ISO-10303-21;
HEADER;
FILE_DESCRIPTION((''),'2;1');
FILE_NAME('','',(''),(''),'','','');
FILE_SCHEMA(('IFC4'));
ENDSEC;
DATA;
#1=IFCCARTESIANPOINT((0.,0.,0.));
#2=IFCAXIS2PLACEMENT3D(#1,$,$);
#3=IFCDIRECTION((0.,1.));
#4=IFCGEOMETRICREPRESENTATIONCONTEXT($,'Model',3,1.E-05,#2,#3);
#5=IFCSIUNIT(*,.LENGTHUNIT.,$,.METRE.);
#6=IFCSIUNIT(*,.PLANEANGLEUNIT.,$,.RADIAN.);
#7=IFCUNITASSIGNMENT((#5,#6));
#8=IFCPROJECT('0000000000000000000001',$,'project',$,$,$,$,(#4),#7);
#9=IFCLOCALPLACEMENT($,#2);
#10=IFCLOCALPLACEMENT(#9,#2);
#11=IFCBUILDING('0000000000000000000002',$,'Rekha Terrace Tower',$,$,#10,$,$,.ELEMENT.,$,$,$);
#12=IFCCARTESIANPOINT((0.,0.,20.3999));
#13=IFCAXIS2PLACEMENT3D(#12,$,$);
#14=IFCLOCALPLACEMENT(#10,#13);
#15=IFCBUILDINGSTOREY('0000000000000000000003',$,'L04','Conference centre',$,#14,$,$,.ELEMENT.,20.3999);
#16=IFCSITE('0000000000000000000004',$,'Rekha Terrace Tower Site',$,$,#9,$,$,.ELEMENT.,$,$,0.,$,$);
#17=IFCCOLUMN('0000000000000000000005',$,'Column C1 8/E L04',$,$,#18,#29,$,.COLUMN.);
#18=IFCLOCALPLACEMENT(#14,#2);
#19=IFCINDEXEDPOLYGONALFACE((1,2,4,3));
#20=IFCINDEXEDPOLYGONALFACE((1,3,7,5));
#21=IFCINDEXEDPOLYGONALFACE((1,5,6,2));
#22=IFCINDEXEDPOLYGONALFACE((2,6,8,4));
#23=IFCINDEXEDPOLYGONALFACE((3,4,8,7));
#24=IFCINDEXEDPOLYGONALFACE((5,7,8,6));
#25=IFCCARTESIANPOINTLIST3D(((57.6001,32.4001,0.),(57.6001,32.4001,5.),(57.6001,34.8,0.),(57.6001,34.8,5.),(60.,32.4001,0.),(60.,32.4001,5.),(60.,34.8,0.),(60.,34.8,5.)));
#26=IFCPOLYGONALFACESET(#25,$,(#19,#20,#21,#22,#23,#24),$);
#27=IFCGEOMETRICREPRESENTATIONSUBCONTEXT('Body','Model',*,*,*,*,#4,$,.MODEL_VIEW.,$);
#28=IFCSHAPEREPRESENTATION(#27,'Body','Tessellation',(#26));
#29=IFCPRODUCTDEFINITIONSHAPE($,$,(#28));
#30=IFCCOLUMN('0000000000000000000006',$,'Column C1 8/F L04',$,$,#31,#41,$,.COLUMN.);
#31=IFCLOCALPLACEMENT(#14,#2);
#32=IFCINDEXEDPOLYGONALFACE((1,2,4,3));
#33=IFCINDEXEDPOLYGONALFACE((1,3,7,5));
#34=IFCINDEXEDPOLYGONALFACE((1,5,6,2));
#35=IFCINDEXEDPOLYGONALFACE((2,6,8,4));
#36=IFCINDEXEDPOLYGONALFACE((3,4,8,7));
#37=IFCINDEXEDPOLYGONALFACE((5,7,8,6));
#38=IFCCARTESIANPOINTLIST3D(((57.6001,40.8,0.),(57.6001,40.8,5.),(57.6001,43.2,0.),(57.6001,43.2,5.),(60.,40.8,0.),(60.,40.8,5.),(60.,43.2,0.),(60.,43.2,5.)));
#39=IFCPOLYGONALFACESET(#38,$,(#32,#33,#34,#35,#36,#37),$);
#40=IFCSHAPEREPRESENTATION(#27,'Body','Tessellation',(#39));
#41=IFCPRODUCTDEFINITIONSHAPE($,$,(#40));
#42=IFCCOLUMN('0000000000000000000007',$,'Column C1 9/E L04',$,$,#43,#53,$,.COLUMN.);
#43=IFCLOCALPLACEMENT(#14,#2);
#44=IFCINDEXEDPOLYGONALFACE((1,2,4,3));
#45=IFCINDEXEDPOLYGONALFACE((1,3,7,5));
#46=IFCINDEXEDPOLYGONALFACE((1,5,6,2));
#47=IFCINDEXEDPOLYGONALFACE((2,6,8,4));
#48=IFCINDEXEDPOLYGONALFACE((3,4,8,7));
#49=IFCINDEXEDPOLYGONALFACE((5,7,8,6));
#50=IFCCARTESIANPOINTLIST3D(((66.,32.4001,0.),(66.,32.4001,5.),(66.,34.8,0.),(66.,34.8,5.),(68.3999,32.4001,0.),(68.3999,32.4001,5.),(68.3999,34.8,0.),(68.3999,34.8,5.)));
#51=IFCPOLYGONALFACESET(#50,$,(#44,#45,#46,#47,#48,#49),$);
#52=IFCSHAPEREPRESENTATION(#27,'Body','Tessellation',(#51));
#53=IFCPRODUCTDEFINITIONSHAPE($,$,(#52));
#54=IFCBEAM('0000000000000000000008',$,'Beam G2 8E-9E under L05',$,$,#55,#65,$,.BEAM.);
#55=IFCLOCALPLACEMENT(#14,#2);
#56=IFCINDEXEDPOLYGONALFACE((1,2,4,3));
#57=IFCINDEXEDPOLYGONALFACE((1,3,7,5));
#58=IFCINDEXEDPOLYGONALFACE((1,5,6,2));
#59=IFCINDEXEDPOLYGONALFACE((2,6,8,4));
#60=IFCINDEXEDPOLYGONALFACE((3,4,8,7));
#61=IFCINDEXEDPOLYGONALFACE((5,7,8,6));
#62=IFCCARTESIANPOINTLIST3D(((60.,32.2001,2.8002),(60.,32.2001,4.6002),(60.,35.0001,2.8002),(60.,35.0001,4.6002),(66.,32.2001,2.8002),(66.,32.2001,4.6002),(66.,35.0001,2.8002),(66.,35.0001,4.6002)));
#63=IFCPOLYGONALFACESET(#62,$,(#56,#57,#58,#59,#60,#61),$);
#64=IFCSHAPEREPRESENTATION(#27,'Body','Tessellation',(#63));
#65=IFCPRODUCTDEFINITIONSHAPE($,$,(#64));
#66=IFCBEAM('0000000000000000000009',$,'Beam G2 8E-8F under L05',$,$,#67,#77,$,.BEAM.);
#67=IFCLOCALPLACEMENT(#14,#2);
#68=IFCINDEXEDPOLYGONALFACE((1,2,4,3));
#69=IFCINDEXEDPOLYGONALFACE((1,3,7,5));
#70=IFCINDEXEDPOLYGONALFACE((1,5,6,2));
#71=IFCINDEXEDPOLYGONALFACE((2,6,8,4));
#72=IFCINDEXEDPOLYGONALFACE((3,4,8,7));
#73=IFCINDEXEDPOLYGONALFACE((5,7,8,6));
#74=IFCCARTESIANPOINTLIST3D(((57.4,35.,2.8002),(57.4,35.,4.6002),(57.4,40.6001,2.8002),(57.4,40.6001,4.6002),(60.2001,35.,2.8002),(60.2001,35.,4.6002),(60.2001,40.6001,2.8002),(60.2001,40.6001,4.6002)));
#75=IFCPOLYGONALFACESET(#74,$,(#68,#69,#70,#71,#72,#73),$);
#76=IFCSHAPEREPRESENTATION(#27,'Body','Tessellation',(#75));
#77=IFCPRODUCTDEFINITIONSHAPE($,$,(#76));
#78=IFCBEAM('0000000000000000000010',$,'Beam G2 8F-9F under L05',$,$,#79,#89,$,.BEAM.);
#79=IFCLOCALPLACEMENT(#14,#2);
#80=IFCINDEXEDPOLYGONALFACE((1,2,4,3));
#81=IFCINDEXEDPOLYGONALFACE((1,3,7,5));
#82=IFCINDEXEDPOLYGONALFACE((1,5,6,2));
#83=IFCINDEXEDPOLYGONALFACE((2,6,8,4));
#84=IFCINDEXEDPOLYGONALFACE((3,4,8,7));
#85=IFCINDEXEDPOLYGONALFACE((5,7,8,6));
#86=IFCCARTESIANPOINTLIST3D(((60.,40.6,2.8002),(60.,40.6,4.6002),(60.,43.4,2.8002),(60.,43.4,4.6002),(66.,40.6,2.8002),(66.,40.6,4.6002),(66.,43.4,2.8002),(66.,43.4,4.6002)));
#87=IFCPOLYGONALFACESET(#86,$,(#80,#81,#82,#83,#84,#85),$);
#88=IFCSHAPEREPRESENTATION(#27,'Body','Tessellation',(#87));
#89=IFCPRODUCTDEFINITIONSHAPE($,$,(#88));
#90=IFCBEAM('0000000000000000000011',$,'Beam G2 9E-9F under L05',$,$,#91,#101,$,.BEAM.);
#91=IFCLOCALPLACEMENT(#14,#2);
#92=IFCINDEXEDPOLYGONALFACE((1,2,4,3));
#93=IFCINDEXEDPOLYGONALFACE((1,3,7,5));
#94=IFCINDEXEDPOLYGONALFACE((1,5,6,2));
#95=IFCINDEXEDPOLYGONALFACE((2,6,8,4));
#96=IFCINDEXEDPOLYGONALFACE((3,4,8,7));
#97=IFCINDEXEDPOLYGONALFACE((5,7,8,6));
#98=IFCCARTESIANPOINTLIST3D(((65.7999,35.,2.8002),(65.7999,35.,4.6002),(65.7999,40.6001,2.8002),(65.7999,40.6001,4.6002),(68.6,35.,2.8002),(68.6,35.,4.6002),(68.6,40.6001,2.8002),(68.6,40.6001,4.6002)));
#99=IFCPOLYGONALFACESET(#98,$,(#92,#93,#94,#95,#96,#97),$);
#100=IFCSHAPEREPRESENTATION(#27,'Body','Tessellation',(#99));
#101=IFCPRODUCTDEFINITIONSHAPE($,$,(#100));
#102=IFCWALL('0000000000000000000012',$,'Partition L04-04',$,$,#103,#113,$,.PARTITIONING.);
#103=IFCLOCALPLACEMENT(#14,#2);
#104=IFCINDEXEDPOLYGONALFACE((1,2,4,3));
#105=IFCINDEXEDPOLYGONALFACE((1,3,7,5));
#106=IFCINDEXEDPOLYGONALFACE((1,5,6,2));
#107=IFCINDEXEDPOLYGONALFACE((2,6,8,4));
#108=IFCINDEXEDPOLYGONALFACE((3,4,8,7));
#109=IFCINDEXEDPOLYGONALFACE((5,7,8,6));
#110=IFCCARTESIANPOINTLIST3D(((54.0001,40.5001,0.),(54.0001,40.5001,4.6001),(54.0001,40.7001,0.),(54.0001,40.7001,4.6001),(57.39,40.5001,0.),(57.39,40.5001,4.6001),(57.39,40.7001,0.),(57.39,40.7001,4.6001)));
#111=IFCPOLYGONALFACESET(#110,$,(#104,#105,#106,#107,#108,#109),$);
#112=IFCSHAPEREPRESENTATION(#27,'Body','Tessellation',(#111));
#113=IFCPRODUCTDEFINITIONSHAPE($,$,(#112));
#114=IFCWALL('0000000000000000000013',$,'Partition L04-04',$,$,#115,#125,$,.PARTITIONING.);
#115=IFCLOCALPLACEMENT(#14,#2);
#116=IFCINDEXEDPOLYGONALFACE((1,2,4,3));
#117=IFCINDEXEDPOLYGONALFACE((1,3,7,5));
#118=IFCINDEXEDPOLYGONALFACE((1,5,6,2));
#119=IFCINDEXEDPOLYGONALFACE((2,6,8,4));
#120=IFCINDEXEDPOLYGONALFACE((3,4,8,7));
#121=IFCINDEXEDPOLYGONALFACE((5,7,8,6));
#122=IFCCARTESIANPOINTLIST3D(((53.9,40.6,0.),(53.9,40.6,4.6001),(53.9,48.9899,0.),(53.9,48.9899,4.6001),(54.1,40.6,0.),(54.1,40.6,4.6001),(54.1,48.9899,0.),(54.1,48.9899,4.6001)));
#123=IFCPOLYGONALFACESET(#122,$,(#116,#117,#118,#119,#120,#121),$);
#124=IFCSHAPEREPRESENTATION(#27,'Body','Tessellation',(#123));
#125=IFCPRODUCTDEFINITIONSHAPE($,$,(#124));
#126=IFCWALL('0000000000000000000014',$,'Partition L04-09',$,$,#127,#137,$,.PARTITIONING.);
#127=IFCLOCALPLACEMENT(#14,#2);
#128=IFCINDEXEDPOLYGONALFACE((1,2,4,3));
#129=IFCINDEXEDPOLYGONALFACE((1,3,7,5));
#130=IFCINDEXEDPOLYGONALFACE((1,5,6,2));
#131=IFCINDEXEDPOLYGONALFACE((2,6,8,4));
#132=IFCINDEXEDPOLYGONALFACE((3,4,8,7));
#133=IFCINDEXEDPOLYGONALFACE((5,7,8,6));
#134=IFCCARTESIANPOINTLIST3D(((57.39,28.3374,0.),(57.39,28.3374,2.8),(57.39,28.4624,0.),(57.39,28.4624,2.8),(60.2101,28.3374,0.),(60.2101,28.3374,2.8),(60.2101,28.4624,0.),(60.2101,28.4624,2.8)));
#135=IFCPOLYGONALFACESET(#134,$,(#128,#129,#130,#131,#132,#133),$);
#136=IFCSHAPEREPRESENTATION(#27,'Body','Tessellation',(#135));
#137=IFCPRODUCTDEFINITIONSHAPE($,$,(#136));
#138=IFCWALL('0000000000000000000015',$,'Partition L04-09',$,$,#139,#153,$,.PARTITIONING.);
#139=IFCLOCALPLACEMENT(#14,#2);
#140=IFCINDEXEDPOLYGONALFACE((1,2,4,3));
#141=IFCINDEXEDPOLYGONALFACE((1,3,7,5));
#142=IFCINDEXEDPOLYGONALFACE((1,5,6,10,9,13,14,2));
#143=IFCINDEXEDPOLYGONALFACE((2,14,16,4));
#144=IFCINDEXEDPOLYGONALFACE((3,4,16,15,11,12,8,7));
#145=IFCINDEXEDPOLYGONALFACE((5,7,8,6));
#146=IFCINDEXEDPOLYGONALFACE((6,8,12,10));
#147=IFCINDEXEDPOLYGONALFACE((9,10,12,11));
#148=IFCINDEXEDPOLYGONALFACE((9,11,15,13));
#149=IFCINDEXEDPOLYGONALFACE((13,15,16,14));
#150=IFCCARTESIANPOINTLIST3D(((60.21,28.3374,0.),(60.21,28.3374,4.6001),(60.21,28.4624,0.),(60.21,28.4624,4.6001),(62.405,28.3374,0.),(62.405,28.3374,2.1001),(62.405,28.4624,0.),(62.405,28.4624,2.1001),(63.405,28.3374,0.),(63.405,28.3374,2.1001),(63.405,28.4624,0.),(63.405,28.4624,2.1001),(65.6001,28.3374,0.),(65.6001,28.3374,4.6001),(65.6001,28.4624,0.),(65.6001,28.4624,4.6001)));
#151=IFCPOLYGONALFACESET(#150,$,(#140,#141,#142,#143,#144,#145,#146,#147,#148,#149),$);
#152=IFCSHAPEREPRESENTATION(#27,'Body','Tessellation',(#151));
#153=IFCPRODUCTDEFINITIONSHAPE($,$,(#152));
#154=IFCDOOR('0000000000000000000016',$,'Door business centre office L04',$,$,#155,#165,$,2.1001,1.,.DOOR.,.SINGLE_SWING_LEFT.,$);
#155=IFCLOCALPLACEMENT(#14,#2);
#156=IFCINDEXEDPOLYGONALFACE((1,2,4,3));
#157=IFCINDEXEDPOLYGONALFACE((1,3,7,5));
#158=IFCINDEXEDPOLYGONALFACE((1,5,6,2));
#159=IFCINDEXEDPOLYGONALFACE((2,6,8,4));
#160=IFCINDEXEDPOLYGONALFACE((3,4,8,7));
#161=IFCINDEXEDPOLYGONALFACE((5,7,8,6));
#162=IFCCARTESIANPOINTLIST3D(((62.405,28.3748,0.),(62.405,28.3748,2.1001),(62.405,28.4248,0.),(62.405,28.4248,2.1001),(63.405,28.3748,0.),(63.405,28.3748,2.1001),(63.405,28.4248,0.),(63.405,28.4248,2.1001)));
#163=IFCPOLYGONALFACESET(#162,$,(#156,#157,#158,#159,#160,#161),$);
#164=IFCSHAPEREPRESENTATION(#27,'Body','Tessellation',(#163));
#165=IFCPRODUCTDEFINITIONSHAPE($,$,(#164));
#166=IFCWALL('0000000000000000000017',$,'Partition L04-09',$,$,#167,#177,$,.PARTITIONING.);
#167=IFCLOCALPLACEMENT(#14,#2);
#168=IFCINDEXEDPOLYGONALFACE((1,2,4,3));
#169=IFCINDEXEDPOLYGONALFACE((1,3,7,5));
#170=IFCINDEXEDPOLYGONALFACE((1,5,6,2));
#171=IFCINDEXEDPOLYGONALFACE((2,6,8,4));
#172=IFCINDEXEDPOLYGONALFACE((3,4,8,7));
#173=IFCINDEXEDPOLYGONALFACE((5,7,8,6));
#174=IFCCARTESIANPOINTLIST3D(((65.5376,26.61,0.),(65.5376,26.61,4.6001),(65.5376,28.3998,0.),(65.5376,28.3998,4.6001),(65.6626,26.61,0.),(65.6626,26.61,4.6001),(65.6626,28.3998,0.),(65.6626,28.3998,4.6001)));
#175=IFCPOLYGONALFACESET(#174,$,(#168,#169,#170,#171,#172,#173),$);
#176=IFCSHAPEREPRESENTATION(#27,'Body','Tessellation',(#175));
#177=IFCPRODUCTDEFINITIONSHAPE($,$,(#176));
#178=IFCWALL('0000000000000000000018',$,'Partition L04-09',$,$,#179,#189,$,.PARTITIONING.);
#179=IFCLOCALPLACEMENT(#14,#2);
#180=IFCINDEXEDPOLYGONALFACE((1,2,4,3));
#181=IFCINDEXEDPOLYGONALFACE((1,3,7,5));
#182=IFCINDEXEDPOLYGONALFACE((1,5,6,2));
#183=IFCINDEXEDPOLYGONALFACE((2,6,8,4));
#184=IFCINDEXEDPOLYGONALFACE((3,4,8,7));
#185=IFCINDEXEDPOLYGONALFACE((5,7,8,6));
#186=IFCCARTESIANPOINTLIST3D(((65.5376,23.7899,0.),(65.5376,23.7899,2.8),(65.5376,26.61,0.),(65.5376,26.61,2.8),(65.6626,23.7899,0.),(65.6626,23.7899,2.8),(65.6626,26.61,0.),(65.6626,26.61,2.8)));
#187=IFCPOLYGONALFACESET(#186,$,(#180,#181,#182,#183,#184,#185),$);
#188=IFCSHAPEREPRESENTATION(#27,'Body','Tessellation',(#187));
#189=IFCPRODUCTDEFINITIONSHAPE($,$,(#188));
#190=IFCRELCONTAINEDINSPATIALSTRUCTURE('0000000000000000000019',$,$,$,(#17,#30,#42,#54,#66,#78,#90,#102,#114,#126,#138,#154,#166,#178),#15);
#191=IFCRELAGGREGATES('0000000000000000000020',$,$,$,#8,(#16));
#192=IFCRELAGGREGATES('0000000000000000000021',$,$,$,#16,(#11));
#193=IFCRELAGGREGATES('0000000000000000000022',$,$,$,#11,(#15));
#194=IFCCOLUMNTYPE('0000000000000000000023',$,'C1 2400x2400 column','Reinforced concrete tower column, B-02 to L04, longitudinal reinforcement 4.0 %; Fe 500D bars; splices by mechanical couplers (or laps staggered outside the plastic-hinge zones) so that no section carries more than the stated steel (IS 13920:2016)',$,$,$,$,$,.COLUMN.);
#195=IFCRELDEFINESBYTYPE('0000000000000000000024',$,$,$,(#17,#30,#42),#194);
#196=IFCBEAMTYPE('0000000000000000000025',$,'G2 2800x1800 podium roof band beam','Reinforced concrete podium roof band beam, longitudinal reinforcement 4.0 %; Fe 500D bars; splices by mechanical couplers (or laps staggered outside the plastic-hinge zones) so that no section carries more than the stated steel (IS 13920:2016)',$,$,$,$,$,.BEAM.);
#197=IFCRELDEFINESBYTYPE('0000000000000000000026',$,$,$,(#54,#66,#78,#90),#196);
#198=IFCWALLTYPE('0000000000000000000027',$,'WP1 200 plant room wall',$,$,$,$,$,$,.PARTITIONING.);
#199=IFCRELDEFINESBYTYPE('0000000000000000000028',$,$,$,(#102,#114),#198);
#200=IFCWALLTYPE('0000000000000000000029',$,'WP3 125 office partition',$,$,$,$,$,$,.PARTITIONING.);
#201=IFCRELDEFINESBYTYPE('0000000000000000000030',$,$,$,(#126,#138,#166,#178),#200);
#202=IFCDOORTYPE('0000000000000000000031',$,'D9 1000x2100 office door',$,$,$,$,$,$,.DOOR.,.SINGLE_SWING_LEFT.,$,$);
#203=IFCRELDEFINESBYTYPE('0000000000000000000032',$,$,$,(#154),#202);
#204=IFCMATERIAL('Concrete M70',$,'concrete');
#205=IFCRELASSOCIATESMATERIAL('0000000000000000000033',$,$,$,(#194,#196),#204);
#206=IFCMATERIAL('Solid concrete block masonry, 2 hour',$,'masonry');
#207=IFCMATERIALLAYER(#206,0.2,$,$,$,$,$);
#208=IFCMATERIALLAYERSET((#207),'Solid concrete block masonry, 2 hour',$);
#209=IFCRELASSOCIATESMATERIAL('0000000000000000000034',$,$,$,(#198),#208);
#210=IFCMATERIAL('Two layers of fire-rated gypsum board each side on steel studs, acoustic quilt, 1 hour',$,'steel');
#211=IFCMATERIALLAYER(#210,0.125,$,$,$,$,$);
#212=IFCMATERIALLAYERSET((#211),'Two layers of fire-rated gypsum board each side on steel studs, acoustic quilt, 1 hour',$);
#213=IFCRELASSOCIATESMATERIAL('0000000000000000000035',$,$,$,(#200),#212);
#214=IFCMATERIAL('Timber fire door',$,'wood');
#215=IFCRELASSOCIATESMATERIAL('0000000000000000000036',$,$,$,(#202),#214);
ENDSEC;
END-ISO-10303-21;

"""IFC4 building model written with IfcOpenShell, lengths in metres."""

from ifc_helpers import new_model, si_unit, direction, frame, frame_2d, origin, origin_2d, place, context, subcontext, project, spatial, rectangle, extrude, material, layer, layer_set, material_profile, profile_set, type_object, element, fill, save


model = new_model("IFC4")

# Units and contexts
model_context = context("Model", 3, precision=1e-05, world=origin(), true_north=direction((0.0, 1.0)))
body_context = subcontext(model_context, "Body", "Model", "MODEL_VIEW")
ifc_project = project(units=[si_unit("LENGTHUNIT", "METRE"), si_unit("PLANEANGLEUNIT", "RADIAN")], contexts=[model_context])

# Site, building, storey
site_placement = place(None, origin())
site = spatial("IfcSite", under=ifc_project, at=site_placement, Name="Rekha Terrace Tower Site", CompositionType="ELEMENT", RefElevation=0.0)
building_placement = place(site_placement, origin())
building = spatial("IfcBuilding", under=site, at=building_placement, Name="Rekha Terrace Tower", CompositionType="ELEMENT")
storey_placement = place(building_placement, frame((0.0, 0.0, 20.3999)))
storey = spatial("IfcBuildingStorey", under=building, at=storey_placement, Name="L04", Description="Conference centre", CompositionType="ELEMENT", Elevation=20.3999)

# Columns
ifc_material_1 = material(Name="Concrete M70", Category="concrete")
ifc_material_profile_1 = material_profile(ifc_material_1, rectangle(XDim=2.3999, YDim=2.3999, at=origin_2d()), Name="RC 2400x2400")
ifc_profile_set_1 = profile_set([ifc_material_profile_1], Name="Concrete M70")
column_type = type_object("IfcColumnType", Name="C1 2400x2400 column", Description="Reinforced concrete tower column, B-02 to L04, longitudinal reinforcement 4.0 %; Fe 500D bars; splices by mechanical couplers (or laps staggered outside the plastic-hinge zones) so that no section carries more than the stated steel (IS 13920:2016)", PredefinedType="COLUMN", material=ifc_profile_set_1)
for number, where, z_axis, x_axis, name in (
    (1, (58.8, 33.6001, 0.0), (0.0, 0.0, 1.0), (1.0, 0.0, 0.0), "Column C1 8/E L04"),
    (2, (58.8, 42.0, 0.0), (0.0, 0.0, 1.0), (1.0, 0.0, 0.0), "Column C1 8/F L04"),
    (3, (67.2, 33.6001, 0.0), (0.0, 0.0, 1.0), (1.0, 0.0, 0.0), "Column C1 9/E L04"),
):
    element("IfcColumn", number, at=place(storey_placement, frame(where, z_axis=z_axis, x_axis=x_axis)), inside=storey, type_object=column_type, Name=name, PredefinedType="COLUMN", context=body_context, shape_type="SweptSolid", body=[
        extrude(rectangle(XDim=2.3999, YDim=2.3999, at=origin_2d()), origin(), (0.0, 0.0, 1.0), 5.0),
    ])

# Beams
ifc_material_profile_2 = material_profile(ifc_material_1, rectangle(XDim=2.8, YDim=1.8, at=origin_2d()), Name="RC 2800x1800")
ifc_profile_set_2 = profile_set([ifc_material_profile_2], Name="Concrete M70")
beam_type = type_object("IfcBeamType", Name="G2 2800x1800 podium roof band beam", Description="Reinforced concrete podium roof band beam, longitudinal reinforcement 4.0 %; Fe 500D bars; splices by mechanical couplers (or laps staggered outside the plastic-hinge zones) so that no section carries more than the stated steel (IS 13920:2016)", PredefinedType="BEAM", material=ifc_profile_set_2)
beam_1_placement = place(storey_placement, frame((60.0, 33.6001, 3.7002), z_axis=(1.0, 0.0, 0.0), x_axis=(0.0, 1.0, 0.0)))
element("IfcBeam", 4, at=beam_1_placement, inside=storey, type_object=beam_type, Name="Beam G2 8E-9E under L05", PredefinedType="BEAM", context=body_context, shape_type="SweptSolid", body=[
    extrude(rectangle(XDim=2.8, YDim=1.8, at=origin_2d()), origin(), (0.0, 0.0, 1.0), 6.0),
])
beam_2_placement = place(storey_placement, frame((58.8, 35.0, 3.7002), z_axis=(0.0, 1.0, 0.0), x_axis=(-1.0, 0.0, 0.0)))
element("IfcBeam", 5, at=beam_2_placement, inside=storey, type_object=beam_type, Name="Beam G2 8E-8F under L05", PredefinedType="BEAM", context=body_context, shape_type="SweptSolid", body=[
    extrude(rectangle(XDim=2.8, YDim=1.8, at=origin_2d()), origin(), (0.0, 0.0, 1.0), 5.6001),
])
beam_3_placement = place(storey_placement, frame((60.0, 42.0, 3.7002), z_axis=(1.0, 0.0, 0.0), x_axis=(0.0, 1.0, 0.0)))
element("IfcBeam", 6, at=beam_3_placement, inside=storey, type_object=beam_type, Name="Beam G2 8F-9F under L05", PredefinedType="BEAM", context=body_context, shape_type="SweptSolid", body=[
    extrude(rectangle(XDim=2.8, YDim=1.8, at=origin_2d()), origin(), (0.0, 0.0, 1.0), 6.0),
])
beam_4_placement = place(storey_placement, frame((67.2, 35.0, 3.7002), z_axis=(0.0, 1.0, 0.0), x_axis=(-1.0, 0.0, 0.0)))
element("IfcBeam", 7, at=beam_4_placement, inside=storey, type_object=beam_type, Name="Beam G2 9E-9F under L05", PredefinedType="BEAM", context=body_context, shape_type="SweptSolid", body=[
    extrude(rectangle(XDim=2.8, YDim=1.8, at=origin_2d()), origin(), (0.0, 0.0, 1.0), 5.6001),
])

# Walls
ifc_material_2 = material(Name="Solid concrete block masonry, 2 hour", Category="masonry")
ifc_layer_1 = layer(ifc_material_2, 0.2)
ifc_layer_set_1 = layer_set([ifc_layer_1], Name="Solid concrete block masonry, 2 hour")
wall_type_1 = type_object("IfcWallType", Name="WP1 200 plant room wall", PredefinedType="PARTITIONING", material=ifc_layer_set_1)
wall_1_placement = place(storey_placement, frame((57.3899, 40.6001, 0.0), z_axis=(0.0, 0.0, 1.0), x_axis=(-1.0, 0.0, 0.0)))
element("IfcWall", 8, at=wall_1_placement, inside=storey, type_object=wall_type_1, Name="Partition L04-04", PredefinedType="PARTITIONING", context=body_context, shape_type="SweptSolid", body=[
    extrude(rectangle(XDim=3.3899, YDim=0.2, at=frame_2d((1.6948, 0.0))), origin(), (0.0, 0.0, 1.0), 4.6001),
])
wall_2_placement = place(storey_placement, frame((54.0, 40.6001, 0.0), z_axis=(0.0, 0.0, 1.0), x_axis=(0.0, 1.0, 0.0)))
element("IfcWall", 9, at=wall_2_placement, inside=storey, type_object=wall_type_1, Name="Partition L04-04", PredefinedType="PARTITIONING", context=body_context, shape_type="SweptSolid", body=[
    extrude(rectangle(XDim=8.3899, YDim=0.2, at=frame_2d((4.1948, 0.0))), origin(), (0.0, 0.0, 1.0), 4.6001),
])
ifc_material_3 = material(Name="Two layers of fire-rated gypsum board each side on steel studs, acoustic quilt, 1 hour", Category="steel")
ifc_layer_2 = layer(ifc_material_3, 0.125)
ifc_layer_set_2 = layer_set([ifc_layer_2], Name="Two layers of fire-rated gypsum board each side on steel studs, acoustic quilt, 1 hour")
wall_type_2 = type_object("IfcWallType", Name="WP3 125 office partition", PredefinedType="PARTITIONING", material=ifc_layer_set_2)
wall_3_placement = place(storey_placement, frame((57.3899, 28.3999, 0.0), z_axis=(0.0, 0.0, 1.0), x_axis=(1.0, 0.0, 0.0)))
element("IfcWall", 10, at=wall_3_placement, inside=storey, type_object=wall_type_2, Name="Partition L04-09", PredefinedType="PARTITIONING", context=body_context, shape_type="SweptSolid", body=[
    extrude(rectangle(XDim=2.8201, YDim=0.125, at=frame_2d((1.4102, 0.0))), origin(), (0.0, 0.0, 1.0), 2.8),
])

# Wall, opening, door
wall_4_placement = place(storey_placement, frame((60.21, 28.3999, 0.0), z_axis=(0.0, 0.0, 1.0), x_axis=(1.0, 0.0, 0.0)))
wall_4 = element("IfcWall", 11, at=wall_4_placement, inside=storey, type_object=wall_type_2, Name="Partition L04-09", PredefinedType="PARTITIONING", context=body_context, shape_type="SweptSolid", body=[
    extrude(rectangle(XDim=5.3901, YDim=0.125, at=frame_2d((2.6951, 0.0))), origin(), (0.0, 0.0, 1.0), 4.6001),
])
opening_placement = place(wall_4_placement, frame((2.1951, 0.0, 0.0)))
opening = element("IfcOpeningElement", 12, at=opening_placement, cuts=wall_4, PredefinedType="OPENING", context=body_context, shape_type="SweptSolid", body=[
    extrude(rectangle(XDim=1.0, YDim=2.1001, at=frame_2d((0.5, 1.05))), frame((0.0, 0.0725, 0.0), z_axis=(0.0, -1.0, 0.0), x_axis=(1.0, 0.0, 0.0)), (0.0, 0.0, 1.0), 0.145),
])
ifc_material_4 = material(Name="Timber fire door", Category="wood")
door_type = type_object("IfcDoorType", Name="D9 1000x2100 office door", OperationType="SINGLE_SWING_LEFT", PredefinedType="DOOR", material=ifc_material_4)
door_placement = place(opening_placement, origin())
door = element("IfcDoor", 13, at=door_placement, inside=storey, type_object=door_type, Name="Door business centre office L04", OperationType="SINGLE_SWING_LEFT", OverallHeight=2.1001, OverallWidth=1.0, PredefinedType="DOOR", context=body_context, shape_type="SweptSolid", body=[
    extrude(rectangle(XDim=1.0, YDim=2.1001, at=frame_2d((0.5, 1.05))), frame((0.0, 0.0249, 0.0), z_axis=(0.0, -1.0, 0.0), x_axis=(1.0, 0.0, 0.0)), (0.0, 0.0, 1.0), 0.05),
])
fill(opening, door)

# Walls
wall_5_placement = place(storey_placement, frame((65.6001, 28.3999, 0.0), z_axis=(0.0, 0.0, 1.0), x_axis=(0.0, -1.0, 0.0)))
element("IfcWall", 14, at=wall_5_placement, inside=storey, type_object=wall_type_2, Name="Partition L04-09", PredefinedType="PARTITIONING", context=body_context, shape_type="SweptSolid", body=[
    extrude(rectangle(XDim=1.7898, YDim=0.125, at=frame_2d((0.895, 0.0))), origin(), (0.0, 0.0, 1.0), 4.6001),
])
wall_6_placement = place(storey_placement, frame((65.6001, 26.6101, 0.0), z_axis=(0.0, 0.0, 1.0), x_axis=(0.0, -1.0, 0.0)))
element("IfcWall", 15, at=wall_6_placement, inside=storey, type_object=wall_type_2, Name="Partition L04-09", PredefinedType="PARTITIONING", context=body_context, shape_type="SweptSolid", body=[
    extrude(rectangle(XDim=2.8201, YDim=0.125, at=frame_2d((1.4102, 0.0))), origin(), (0.0, 0.0, 1.0), 2.8),
])

save(model, "model.ifc")
